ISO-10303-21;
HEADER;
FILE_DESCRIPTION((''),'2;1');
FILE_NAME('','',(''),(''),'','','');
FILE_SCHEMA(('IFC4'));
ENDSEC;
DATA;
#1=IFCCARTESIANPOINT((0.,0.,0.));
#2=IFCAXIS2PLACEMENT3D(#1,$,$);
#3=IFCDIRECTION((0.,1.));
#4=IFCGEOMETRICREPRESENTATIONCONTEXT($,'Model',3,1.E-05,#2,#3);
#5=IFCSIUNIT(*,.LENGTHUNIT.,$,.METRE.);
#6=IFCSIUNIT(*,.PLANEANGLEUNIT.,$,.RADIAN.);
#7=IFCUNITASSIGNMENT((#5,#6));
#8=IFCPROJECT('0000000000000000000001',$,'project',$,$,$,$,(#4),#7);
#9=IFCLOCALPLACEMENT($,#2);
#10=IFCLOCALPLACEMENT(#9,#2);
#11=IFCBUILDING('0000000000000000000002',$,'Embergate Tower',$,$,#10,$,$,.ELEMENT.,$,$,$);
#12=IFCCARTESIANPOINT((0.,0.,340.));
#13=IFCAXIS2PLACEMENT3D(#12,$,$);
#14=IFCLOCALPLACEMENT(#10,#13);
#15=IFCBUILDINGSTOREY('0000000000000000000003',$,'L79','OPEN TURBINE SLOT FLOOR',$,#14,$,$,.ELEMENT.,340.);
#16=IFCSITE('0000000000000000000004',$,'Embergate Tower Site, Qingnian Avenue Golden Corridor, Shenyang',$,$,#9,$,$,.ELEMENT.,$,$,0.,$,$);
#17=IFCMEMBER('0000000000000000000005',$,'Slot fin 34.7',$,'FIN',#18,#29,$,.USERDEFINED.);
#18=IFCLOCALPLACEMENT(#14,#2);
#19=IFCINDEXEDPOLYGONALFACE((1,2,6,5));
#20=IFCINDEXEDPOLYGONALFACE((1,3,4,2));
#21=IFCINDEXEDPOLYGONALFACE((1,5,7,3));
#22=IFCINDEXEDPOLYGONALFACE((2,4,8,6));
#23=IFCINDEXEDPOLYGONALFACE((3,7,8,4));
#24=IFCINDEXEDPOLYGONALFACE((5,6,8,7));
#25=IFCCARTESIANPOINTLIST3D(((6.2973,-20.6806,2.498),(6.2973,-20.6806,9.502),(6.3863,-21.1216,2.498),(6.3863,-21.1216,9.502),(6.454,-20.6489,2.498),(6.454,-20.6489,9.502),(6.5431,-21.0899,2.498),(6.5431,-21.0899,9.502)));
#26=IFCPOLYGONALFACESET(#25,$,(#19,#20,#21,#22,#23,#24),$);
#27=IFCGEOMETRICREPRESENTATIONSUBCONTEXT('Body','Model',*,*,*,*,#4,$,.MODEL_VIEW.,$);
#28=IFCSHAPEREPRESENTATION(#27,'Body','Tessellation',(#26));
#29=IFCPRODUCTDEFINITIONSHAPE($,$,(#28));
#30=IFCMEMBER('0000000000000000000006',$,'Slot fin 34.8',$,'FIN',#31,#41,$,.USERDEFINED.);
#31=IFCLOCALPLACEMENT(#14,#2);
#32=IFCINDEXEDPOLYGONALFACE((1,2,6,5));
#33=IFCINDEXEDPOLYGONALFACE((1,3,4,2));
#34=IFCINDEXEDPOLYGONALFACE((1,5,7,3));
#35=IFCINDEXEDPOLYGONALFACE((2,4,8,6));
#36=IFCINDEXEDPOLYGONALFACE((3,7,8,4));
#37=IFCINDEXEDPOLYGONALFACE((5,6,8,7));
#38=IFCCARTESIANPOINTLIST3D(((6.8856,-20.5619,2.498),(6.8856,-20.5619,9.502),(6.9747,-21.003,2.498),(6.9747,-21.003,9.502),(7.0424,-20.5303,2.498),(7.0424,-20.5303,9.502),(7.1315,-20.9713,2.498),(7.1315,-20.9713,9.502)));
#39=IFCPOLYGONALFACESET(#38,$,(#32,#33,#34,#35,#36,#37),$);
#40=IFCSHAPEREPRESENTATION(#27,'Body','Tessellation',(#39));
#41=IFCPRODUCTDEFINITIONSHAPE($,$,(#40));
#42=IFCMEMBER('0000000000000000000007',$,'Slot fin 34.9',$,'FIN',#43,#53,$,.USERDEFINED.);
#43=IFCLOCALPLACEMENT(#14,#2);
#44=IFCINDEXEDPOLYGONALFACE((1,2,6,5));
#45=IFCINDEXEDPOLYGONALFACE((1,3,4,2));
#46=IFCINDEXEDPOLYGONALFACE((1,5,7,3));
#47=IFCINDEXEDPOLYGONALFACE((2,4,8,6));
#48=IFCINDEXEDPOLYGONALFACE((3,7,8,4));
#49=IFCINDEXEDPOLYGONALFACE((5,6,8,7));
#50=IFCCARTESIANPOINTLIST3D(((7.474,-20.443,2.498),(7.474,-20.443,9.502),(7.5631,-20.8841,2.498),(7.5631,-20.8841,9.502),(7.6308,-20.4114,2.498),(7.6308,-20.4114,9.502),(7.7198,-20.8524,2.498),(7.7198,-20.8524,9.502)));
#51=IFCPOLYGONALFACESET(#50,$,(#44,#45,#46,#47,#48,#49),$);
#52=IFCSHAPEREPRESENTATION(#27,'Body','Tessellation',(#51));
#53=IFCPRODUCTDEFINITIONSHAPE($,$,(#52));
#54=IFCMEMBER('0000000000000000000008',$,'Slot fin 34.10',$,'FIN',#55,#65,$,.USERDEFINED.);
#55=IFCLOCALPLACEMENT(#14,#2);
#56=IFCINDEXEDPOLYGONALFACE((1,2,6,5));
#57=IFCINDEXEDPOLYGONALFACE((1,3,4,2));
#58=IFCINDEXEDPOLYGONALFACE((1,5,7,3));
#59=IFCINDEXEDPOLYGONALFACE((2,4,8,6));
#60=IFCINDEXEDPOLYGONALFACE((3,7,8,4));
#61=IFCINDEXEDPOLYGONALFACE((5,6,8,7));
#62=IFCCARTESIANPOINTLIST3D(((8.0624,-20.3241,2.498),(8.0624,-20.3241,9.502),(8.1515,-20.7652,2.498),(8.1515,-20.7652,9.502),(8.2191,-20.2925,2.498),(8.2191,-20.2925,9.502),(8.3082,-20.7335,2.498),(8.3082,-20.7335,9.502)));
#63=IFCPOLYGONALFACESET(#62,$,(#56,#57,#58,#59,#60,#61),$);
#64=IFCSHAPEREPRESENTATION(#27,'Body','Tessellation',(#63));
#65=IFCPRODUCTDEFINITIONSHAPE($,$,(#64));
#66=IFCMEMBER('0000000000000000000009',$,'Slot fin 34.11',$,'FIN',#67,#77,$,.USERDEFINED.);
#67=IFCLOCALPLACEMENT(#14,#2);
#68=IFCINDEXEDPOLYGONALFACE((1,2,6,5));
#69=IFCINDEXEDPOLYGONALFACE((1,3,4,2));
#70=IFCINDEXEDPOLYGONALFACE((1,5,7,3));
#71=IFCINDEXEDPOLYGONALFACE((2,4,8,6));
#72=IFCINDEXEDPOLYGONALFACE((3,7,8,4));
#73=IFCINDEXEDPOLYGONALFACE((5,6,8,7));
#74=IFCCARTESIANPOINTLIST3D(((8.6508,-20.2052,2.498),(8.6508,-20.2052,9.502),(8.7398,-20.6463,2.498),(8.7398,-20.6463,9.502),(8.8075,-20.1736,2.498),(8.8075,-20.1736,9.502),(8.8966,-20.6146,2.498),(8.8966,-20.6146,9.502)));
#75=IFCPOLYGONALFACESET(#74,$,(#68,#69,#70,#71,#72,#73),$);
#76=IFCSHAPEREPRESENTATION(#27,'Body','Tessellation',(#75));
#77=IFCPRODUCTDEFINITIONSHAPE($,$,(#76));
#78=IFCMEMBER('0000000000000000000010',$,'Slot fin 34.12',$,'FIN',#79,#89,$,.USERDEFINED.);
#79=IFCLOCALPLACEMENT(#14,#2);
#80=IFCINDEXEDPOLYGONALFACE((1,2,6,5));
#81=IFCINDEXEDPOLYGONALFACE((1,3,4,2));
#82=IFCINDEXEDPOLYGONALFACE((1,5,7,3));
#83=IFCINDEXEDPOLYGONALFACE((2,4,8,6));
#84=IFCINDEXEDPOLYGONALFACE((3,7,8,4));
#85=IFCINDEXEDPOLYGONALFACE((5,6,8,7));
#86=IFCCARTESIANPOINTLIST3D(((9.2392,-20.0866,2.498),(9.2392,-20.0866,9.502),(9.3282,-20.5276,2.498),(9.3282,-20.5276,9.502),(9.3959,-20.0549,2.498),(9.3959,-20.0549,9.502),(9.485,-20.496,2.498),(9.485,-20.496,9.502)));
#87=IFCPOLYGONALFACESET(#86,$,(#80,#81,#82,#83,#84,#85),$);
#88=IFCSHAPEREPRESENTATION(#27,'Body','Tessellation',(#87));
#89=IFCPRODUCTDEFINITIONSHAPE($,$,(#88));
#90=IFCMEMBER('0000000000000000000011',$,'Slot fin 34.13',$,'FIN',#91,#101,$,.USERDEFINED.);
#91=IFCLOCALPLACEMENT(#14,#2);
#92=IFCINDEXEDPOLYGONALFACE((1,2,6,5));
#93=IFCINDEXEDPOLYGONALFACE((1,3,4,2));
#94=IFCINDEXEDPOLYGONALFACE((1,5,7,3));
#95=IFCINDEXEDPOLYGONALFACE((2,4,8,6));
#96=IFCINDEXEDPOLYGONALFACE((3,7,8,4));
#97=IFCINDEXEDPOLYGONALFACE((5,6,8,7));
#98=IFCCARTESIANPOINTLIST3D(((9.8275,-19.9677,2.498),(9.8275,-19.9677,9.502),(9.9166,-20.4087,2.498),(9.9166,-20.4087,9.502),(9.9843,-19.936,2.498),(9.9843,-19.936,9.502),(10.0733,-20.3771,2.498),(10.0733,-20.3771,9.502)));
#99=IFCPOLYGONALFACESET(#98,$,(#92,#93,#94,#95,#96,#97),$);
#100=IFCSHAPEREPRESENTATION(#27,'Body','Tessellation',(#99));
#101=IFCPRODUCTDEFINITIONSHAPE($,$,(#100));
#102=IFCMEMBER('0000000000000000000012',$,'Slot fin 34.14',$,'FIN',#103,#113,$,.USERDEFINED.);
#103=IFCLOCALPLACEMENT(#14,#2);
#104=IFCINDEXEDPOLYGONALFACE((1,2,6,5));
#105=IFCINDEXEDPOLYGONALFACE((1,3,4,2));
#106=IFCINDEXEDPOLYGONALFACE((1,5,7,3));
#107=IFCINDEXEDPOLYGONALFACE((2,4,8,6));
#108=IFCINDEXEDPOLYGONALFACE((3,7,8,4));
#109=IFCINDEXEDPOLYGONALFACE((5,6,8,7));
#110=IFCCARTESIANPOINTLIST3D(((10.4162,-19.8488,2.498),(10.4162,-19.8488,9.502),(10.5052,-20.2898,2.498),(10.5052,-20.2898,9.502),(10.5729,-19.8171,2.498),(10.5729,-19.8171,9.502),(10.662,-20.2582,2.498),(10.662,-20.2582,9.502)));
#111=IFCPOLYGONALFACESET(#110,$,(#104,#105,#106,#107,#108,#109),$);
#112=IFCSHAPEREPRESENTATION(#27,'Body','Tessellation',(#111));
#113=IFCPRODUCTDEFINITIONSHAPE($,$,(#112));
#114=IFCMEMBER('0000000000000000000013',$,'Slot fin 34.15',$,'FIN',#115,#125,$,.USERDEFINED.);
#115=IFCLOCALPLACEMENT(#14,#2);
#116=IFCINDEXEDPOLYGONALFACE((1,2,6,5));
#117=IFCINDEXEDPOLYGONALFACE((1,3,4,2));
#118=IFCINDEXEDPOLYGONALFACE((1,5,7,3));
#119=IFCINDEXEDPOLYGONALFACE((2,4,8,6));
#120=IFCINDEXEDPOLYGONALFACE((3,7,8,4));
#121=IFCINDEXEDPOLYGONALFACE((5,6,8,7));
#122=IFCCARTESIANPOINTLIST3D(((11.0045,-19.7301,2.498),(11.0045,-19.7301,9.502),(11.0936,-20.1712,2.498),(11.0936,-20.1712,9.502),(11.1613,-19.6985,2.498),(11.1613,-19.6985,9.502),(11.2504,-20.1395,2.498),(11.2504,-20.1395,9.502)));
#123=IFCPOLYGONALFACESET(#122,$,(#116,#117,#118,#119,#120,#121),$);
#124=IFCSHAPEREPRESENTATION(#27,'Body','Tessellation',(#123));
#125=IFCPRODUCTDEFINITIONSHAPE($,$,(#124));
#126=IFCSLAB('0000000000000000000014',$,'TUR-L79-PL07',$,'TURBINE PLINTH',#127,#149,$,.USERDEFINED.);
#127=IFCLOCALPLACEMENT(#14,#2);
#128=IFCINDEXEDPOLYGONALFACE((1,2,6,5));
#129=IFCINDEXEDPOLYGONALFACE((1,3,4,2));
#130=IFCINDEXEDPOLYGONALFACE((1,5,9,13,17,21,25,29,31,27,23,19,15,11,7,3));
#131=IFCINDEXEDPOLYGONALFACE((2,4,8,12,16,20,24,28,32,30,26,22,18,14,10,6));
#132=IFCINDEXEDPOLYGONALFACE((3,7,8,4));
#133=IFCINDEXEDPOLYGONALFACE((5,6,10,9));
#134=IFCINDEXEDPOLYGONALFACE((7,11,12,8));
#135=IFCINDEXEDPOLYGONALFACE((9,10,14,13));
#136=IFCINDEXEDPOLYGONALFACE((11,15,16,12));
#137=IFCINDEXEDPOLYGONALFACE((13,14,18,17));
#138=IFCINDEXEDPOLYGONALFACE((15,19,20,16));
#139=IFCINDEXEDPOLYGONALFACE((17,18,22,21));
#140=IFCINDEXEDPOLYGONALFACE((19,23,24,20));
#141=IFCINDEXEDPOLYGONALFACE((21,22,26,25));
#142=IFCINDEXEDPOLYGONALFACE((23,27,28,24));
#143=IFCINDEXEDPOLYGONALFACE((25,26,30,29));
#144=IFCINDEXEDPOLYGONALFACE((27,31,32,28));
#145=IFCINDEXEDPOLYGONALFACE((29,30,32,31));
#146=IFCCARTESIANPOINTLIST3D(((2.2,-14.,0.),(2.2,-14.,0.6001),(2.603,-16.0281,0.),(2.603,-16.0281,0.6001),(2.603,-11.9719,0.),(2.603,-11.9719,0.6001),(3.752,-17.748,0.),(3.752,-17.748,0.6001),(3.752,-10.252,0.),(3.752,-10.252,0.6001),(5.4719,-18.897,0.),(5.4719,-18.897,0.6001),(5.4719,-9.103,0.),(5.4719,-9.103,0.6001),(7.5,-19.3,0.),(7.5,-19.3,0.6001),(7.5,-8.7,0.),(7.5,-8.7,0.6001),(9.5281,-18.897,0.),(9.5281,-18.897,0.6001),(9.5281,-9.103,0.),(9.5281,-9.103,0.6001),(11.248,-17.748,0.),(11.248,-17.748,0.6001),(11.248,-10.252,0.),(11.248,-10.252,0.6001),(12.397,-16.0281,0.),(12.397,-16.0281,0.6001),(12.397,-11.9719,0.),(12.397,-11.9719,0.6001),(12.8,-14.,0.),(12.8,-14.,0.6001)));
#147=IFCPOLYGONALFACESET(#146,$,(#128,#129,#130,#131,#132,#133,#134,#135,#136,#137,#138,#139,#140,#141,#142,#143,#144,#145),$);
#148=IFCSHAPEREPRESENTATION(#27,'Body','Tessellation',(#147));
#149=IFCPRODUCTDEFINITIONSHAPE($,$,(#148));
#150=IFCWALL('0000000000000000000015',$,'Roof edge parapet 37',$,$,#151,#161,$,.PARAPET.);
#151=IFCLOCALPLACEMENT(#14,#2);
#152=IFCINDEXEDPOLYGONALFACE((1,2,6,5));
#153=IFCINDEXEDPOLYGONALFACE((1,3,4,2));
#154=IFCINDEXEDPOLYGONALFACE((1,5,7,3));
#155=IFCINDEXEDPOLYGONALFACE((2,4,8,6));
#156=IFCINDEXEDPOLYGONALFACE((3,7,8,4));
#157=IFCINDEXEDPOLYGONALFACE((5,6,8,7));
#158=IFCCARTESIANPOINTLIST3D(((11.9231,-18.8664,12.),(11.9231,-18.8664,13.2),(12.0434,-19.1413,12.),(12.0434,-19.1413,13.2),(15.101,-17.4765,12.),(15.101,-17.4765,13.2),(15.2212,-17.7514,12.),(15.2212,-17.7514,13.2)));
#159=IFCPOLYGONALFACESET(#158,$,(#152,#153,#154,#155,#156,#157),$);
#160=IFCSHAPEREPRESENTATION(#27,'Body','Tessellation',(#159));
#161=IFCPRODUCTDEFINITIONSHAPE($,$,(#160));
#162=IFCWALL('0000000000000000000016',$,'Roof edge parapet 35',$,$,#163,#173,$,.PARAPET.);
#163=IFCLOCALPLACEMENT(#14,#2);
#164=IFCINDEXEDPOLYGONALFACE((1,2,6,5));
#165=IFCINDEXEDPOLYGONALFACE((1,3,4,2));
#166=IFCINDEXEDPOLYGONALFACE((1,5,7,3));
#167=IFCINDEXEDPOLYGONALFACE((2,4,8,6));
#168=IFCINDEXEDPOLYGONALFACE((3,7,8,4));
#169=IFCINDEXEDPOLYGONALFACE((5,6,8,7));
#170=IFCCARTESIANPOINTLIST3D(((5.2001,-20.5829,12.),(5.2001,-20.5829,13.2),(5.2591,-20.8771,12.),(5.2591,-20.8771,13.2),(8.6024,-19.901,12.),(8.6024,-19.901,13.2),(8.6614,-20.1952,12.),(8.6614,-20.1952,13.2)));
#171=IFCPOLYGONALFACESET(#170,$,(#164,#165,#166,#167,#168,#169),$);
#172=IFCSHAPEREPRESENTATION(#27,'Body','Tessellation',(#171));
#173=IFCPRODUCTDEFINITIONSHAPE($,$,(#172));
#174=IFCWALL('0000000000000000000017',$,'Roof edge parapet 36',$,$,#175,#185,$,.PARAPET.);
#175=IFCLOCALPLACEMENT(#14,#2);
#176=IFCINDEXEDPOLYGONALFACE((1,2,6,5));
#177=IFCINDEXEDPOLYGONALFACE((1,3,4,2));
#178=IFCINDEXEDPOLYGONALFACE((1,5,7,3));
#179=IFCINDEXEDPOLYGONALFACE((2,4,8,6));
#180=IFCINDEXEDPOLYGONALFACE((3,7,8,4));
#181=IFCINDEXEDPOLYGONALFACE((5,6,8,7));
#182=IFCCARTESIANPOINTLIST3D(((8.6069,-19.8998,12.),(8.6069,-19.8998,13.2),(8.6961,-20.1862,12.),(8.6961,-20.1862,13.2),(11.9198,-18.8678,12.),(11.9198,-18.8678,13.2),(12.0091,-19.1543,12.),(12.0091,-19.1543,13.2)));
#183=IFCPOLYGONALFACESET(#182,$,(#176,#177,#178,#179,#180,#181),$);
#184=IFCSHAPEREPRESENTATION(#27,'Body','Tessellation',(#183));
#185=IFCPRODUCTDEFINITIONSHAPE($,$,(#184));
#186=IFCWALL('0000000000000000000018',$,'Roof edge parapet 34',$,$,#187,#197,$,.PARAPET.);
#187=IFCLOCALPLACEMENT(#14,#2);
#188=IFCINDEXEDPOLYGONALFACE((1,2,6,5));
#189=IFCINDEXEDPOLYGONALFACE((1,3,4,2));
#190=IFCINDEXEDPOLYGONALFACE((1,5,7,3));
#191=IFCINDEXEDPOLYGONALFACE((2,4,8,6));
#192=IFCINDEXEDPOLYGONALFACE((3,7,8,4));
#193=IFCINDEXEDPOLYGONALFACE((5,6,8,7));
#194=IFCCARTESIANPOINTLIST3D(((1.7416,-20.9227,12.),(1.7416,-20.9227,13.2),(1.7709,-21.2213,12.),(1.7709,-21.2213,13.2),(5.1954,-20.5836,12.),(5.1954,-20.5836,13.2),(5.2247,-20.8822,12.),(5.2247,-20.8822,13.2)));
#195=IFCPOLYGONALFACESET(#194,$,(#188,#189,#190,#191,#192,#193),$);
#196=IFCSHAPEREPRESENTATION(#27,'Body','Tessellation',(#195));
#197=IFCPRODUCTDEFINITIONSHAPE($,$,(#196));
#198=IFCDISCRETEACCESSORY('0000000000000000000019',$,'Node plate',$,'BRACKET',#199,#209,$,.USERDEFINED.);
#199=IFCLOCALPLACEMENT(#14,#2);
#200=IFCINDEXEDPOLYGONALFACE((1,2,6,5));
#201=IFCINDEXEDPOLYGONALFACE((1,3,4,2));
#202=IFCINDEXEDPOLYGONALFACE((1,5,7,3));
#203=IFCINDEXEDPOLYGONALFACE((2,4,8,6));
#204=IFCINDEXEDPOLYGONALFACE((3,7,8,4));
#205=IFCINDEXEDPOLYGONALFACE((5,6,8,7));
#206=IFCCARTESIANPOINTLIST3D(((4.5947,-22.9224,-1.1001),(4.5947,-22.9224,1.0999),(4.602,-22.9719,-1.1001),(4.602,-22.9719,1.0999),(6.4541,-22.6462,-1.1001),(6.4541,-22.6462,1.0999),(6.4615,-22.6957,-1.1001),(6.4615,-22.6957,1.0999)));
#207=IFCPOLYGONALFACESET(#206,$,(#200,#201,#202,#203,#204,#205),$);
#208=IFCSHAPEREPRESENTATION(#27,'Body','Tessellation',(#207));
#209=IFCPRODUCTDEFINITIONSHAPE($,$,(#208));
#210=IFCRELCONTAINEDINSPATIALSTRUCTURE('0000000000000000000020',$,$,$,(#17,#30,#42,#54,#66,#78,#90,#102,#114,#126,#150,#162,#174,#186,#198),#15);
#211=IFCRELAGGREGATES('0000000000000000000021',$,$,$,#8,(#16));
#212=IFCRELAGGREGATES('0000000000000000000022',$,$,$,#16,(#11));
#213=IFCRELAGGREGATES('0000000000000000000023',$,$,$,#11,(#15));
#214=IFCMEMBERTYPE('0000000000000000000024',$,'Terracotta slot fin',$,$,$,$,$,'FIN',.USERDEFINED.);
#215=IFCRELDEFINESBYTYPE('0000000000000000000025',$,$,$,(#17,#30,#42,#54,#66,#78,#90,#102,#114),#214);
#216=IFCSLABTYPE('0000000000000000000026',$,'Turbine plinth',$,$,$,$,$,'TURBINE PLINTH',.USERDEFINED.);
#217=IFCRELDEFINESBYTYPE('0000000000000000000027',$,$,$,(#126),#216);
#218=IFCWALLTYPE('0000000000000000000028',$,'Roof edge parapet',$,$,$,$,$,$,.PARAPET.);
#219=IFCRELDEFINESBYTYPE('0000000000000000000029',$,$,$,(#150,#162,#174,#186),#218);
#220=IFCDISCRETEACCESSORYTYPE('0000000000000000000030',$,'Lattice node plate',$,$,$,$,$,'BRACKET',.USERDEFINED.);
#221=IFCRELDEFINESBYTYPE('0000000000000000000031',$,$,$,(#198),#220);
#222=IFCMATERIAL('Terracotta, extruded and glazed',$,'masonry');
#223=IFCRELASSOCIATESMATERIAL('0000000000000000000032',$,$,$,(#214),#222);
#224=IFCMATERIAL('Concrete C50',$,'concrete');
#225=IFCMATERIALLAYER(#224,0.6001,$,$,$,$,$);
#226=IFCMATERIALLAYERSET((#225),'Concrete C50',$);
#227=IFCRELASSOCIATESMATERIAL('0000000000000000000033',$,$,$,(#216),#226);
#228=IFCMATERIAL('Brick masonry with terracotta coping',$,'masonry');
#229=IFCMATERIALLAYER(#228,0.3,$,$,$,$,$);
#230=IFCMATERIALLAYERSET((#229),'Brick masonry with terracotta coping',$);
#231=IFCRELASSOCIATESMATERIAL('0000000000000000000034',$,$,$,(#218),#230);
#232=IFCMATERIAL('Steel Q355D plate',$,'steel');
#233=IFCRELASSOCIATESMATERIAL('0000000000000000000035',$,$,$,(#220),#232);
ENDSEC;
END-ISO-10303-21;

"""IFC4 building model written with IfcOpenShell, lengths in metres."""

from ifc_helpers import new_model, si_unit, direction, frame, frame_2d, origin, origin_2d, place, context, subcontext, project, spatial, polyline, rectangle, outline, extrude, source, transform, mapped, material, layer, layer_set, material_profile, profile_set, type_object, element, save


model = new_model("IFC4")

# Units and contexts
model_context = context("Model", 3, precision=1e-05, world=origin(), true_north=direction((0.0, 1.0)))
body_context = subcontext(model_context, "Body", "Model", "MODEL_VIEW")
ifc_project = project(units=[si_unit("LENGTHUNIT", "METRE"), si_unit("PLANEANGLEUNIT", "RADIAN")], contexts=[model_context])

# Site, building, storey
site_placement = place(None, origin())
site = spatial("IfcSite", under=ifc_project, at=site_placement, Name="Embergate Tower Site, Qingnian Avenue Golden Corridor, Shenyang", CompositionType="ELEMENT", RefElevation=0.0)
building_placement = place(site_placement, origin())
building = spatial("IfcBuilding", under=site, at=building_placement, Name="Embergate Tower", CompositionType="ELEMENT")
storey_placement = place(building_placement, frame((0.0, 0.0, 340.0)))
storey = spatial("IfcBuildingStorey", under=building, at=storey_placement, Name="L79", Description="OPEN TURBINE SLOT FLOOR", CompositionType="ELEMENT", Elevation=340.0)

# Shared definitions
ifc_material_1 = material(Name="Concrete C50", Category="concrete")

# Members
ifc_material_2 = material(Name="Terracotta, extruded and glazed", Category="masonry")
ifc_material_profile_1 = material_profile(ifc_material_2, rectangle(XDim=0.45, YDim=0.1599, at=origin_2d()), Name="TC 450x160")
ifc_profile_set_1 = profile_set([ifc_material_profile_1], Name="Terracotta, extruded and glazed")
member_type_1 = type_object("IfcMemberType", Name="Terracotta slot fin", ElementType="FIN", PredefinedType="USERDEFINED", material=ifc_profile_set_1)
shared_shape_1 = source(origin(), body_context, "Body", "SweptSolid", [
    extrude(rectangle(XDim=0.45, YDim=0.1599, at=origin_2d()), origin(), (0.0, 0.0, 1.0), 7.0039),
])
for number, where, z_axis, x_axis, name in (
    (1, (6.4202, -20.8853, 2.498), (0.0, 0.0, 1.0), (-0.197955, 0.980211, 0.0), "Slot fin 34.7"),
    (2, (7.0085, -20.7666, 2.498), (0.0, 0.0, 1.0), (-0.197955, 0.980211, 0.0), "Slot fin 34.8"),
    (3, (7.5969, -20.6477, 2.498), (0.0, 0.0, 1.0), (-0.197955, 0.980211, 0.0), "Slot fin 34.9"),
    (4, (8.1853, -20.5288, 2.498), (0.0, 0.0, 1.0), (-0.197955, 0.980211, 0.0), "Slot fin 34.10"),
    (5, (8.7737, -20.4099, 2.498), (0.0, 0.0, 1.0), (-0.197955, 0.980211, 0.0), "Slot fin 34.11"),
    (6, (9.3621, -20.2913, 2.498), (0.0, 0.0, 1.0), (-0.197955, 0.980211, 0.0), "Slot fin 34.12"),
    (7, (9.9504, -20.1724, 2.498), (0.0, 0.0, 1.0), (-0.197955, 0.980211, 0.0), "Slot fin 34.13"),
    (8, (10.5391, -20.0535, 2.498), (0.0, 0.0, 1.0), (-0.197955, 0.980211, 0.0), "Slot fin 34.14"),
    (9, (11.1274, -19.9348, 2.498), (0.0, 0.0, 1.0), (-0.197955, 0.980211, 0.0), "Slot fin 34.15"),
):
    element("IfcMember", number, at=place(storey_placement, frame(where, z_axis=z_axis, x_axis=x_axis)), inside=storey, type_object=member_type_1, Name=name, ObjectType="FIN", PredefinedType="USERDEFINED", context=body_context, shape_type="MappedRepresentation", body=[
        mapped(shared_shape_1, transform((0.0, 0.0, 0.0))),
    ])

# Slab
ifc_layer_1 = layer(ifc_material_1, 0.6001)
ifc_layer_set_1 = layer_set([ifc_layer_1], Name="Concrete C50")
slab_type = type_object("IfcSlabType", Name="Turbine plinth", ElementType="TURBINE PLINTH", PredefinedType="USERDEFINED", material=ifc_layer_set_1)
shared_shape_2 = source(origin(), body_context, "Body", "SweptSolid", [
    extrude(outline(polyline([(0.0, 0.0), (2.0281, 0.4031), (3.748, 1.552), (4.897, 3.272), (5.3, 5.3), (4.897, 7.3281), (3.748, 9.0481), (2.0281, 10.197), (0.0, 10.6001), (-2.0281, 10.197), (-3.748, 9.0481), (-4.897, 7.3281), (-5.3, 5.3), (-4.897, 3.272), (-3.748, 1.552), (-2.0281, 0.4031), (0.0, 0.0)])), origin(), (0.0, 0.0, 1.0), 0.6001),
])
slab_placement = place(storey_placement, frame((7.5, -19.3, 0.0)))
element("IfcSlab", 10, at=slab_placement, inside=storey, type_object=slab_type, Name="TUR-L79-PL07", ObjectType="TURBINE PLINTH", PredefinedType="USERDEFINED", context=body_context, shape_type="MappedRepresentation", body=[
    mapped(shared_shape_2, transform((0.0, 0.0, 0.0))),
])

# Walls
ifc_material_3 = material(Name="Brick masonry with terracotta coping", Category="masonry")
ifc_layer_2 = layer(ifc_material_3, 0.3)
ifc_layer_set_2 = layer_set([ifc_layer_2], Name="Brick masonry with terracotta coping")
wall_type = type_object("IfcWallType", Name="Roof edge parapet", PredefinedType="PARAPET", material=ifc_layer_set_2)
shared_shape_3 = source(origin(), body_context, "Body", "SweptSolid", [
    extrude(rectangle(XDim=3.4685, YDim=0.3, at=frame_2d((1.7344, 0.0))), origin(), (0.0, 0.0, 1.0), 1.2),
])
wall_1_placement = place(storey_placement, frame((11.9832, -19.0039, 12.0), z_axis=(0.0, 0.0, 1.0), x_axis=(0.916196, 0.40073, 0.0)))
element("IfcWall", 11, at=wall_1_placement, inside=storey, type_object=wall_type, Name="Roof edge parapet 37", PredefinedType="PARAPET", context=body_context, shape_type="MappedRepresentation", body=[
    mapped(shared_shape_3, transform((0.0, 0.0, 0.0))),
])
shared_shape_4 = source(origin(), body_context, "Body", "SweptSolid", [
    extrude(rectangle(XDim=3.47, YDim=0.3, at=frame_2d((1.7349, 0.0))), origin(), (0.0, 0.0, 1.0), 1.2),
])
for number, where, z_axis, x_axis, name in (
    (12, (5.2297, -20.73, 12.0), (0.0, 0.0, 1.0), (0.980502, 0.196508, 0.0), "Roof edge parapet 35"),
    (13, (8.6516, -20.043, 12.0), (0.0, 0.0, 1.0), (0.954752, 0.297402, 0.0), "Roof edge parapet 36"),
):
    element("IfcWall", number, at=place(storey_placement, frame(where, z_axis=z_axis, x_axis=x_axis)), inside=storey, type_object=wall_type, Name=name, PredefinedType="PARAPET", context=body_context, shape_type="MappedRepresentation", body=[
        mapped(shared_shape_4, transform((0.0, 0.0, 0.0))),
    ])
shared_shape_5 = source(origin(), body_context, "Body", "SweptSolid", [
    extrude(rectangle(XDim=3.4705, YDim=0.3, at=frame_2d((1.7354, 0.0))), origin(), (0.0, 0.0, 1.0), 1.2),
])
wall_2_placement = place(storey_placement, frame((1.7561, -21.072, 12.0), z_axis=(0.0, 0.0, 1.0), x_axis=(0.995215, 0.097714, 0.0)))
element("IfcWall", 14, at=wall_2_placement, inside=storey, type_object=wall_type, Name="Roof edge parapet 34", PredefinedType="PARAPET", context=body_context, shape_type="MappedRepresentation", body=[
    mapped(shared_shape_5, transform((0.0, 0.0, 0.0))),
])

# Discrete accessory
ifc_material_4 = material(Name="Steel Q355D plate", Category="steel")
discrete_accessory_type = type_object("IfcDiscreteAccessoryType", Name="Lattice node plate", ElementType="BRACKET", PredefinedType="USERDEFINED", material=ifc_material_4)
shared_shape_6 = source(origin(), body_context, "Body", "SweptSolid", [
    extrude(rectangle(XDim=1.8799, YDim=0.05, at=origin_2d()), origin(), (0.0, 0.0, 1.0), 2.2),
])
discrete_accessory_placement = place(storey_placement, frame((5.5281, -22.8091, -1.1001), z_axis=(0.0, 0.0, 1.0), x_axis=(0.989147, 0.146929, 0.0)))
element("IfcDiscreteAccessory", 15, at=discrete_accessory_placement, inside=storey, type_object=discrete_accessory_type, Name="Node plate", ObjectType="BRACKET", PredefinedType="USERDEFINED", context=body_context, shape_type="MappedRepresentation", body=[
    mapped(shared_shape_6, transform((0.0, 0.0, 0.0))),
])

save(model, "model.ifc")
